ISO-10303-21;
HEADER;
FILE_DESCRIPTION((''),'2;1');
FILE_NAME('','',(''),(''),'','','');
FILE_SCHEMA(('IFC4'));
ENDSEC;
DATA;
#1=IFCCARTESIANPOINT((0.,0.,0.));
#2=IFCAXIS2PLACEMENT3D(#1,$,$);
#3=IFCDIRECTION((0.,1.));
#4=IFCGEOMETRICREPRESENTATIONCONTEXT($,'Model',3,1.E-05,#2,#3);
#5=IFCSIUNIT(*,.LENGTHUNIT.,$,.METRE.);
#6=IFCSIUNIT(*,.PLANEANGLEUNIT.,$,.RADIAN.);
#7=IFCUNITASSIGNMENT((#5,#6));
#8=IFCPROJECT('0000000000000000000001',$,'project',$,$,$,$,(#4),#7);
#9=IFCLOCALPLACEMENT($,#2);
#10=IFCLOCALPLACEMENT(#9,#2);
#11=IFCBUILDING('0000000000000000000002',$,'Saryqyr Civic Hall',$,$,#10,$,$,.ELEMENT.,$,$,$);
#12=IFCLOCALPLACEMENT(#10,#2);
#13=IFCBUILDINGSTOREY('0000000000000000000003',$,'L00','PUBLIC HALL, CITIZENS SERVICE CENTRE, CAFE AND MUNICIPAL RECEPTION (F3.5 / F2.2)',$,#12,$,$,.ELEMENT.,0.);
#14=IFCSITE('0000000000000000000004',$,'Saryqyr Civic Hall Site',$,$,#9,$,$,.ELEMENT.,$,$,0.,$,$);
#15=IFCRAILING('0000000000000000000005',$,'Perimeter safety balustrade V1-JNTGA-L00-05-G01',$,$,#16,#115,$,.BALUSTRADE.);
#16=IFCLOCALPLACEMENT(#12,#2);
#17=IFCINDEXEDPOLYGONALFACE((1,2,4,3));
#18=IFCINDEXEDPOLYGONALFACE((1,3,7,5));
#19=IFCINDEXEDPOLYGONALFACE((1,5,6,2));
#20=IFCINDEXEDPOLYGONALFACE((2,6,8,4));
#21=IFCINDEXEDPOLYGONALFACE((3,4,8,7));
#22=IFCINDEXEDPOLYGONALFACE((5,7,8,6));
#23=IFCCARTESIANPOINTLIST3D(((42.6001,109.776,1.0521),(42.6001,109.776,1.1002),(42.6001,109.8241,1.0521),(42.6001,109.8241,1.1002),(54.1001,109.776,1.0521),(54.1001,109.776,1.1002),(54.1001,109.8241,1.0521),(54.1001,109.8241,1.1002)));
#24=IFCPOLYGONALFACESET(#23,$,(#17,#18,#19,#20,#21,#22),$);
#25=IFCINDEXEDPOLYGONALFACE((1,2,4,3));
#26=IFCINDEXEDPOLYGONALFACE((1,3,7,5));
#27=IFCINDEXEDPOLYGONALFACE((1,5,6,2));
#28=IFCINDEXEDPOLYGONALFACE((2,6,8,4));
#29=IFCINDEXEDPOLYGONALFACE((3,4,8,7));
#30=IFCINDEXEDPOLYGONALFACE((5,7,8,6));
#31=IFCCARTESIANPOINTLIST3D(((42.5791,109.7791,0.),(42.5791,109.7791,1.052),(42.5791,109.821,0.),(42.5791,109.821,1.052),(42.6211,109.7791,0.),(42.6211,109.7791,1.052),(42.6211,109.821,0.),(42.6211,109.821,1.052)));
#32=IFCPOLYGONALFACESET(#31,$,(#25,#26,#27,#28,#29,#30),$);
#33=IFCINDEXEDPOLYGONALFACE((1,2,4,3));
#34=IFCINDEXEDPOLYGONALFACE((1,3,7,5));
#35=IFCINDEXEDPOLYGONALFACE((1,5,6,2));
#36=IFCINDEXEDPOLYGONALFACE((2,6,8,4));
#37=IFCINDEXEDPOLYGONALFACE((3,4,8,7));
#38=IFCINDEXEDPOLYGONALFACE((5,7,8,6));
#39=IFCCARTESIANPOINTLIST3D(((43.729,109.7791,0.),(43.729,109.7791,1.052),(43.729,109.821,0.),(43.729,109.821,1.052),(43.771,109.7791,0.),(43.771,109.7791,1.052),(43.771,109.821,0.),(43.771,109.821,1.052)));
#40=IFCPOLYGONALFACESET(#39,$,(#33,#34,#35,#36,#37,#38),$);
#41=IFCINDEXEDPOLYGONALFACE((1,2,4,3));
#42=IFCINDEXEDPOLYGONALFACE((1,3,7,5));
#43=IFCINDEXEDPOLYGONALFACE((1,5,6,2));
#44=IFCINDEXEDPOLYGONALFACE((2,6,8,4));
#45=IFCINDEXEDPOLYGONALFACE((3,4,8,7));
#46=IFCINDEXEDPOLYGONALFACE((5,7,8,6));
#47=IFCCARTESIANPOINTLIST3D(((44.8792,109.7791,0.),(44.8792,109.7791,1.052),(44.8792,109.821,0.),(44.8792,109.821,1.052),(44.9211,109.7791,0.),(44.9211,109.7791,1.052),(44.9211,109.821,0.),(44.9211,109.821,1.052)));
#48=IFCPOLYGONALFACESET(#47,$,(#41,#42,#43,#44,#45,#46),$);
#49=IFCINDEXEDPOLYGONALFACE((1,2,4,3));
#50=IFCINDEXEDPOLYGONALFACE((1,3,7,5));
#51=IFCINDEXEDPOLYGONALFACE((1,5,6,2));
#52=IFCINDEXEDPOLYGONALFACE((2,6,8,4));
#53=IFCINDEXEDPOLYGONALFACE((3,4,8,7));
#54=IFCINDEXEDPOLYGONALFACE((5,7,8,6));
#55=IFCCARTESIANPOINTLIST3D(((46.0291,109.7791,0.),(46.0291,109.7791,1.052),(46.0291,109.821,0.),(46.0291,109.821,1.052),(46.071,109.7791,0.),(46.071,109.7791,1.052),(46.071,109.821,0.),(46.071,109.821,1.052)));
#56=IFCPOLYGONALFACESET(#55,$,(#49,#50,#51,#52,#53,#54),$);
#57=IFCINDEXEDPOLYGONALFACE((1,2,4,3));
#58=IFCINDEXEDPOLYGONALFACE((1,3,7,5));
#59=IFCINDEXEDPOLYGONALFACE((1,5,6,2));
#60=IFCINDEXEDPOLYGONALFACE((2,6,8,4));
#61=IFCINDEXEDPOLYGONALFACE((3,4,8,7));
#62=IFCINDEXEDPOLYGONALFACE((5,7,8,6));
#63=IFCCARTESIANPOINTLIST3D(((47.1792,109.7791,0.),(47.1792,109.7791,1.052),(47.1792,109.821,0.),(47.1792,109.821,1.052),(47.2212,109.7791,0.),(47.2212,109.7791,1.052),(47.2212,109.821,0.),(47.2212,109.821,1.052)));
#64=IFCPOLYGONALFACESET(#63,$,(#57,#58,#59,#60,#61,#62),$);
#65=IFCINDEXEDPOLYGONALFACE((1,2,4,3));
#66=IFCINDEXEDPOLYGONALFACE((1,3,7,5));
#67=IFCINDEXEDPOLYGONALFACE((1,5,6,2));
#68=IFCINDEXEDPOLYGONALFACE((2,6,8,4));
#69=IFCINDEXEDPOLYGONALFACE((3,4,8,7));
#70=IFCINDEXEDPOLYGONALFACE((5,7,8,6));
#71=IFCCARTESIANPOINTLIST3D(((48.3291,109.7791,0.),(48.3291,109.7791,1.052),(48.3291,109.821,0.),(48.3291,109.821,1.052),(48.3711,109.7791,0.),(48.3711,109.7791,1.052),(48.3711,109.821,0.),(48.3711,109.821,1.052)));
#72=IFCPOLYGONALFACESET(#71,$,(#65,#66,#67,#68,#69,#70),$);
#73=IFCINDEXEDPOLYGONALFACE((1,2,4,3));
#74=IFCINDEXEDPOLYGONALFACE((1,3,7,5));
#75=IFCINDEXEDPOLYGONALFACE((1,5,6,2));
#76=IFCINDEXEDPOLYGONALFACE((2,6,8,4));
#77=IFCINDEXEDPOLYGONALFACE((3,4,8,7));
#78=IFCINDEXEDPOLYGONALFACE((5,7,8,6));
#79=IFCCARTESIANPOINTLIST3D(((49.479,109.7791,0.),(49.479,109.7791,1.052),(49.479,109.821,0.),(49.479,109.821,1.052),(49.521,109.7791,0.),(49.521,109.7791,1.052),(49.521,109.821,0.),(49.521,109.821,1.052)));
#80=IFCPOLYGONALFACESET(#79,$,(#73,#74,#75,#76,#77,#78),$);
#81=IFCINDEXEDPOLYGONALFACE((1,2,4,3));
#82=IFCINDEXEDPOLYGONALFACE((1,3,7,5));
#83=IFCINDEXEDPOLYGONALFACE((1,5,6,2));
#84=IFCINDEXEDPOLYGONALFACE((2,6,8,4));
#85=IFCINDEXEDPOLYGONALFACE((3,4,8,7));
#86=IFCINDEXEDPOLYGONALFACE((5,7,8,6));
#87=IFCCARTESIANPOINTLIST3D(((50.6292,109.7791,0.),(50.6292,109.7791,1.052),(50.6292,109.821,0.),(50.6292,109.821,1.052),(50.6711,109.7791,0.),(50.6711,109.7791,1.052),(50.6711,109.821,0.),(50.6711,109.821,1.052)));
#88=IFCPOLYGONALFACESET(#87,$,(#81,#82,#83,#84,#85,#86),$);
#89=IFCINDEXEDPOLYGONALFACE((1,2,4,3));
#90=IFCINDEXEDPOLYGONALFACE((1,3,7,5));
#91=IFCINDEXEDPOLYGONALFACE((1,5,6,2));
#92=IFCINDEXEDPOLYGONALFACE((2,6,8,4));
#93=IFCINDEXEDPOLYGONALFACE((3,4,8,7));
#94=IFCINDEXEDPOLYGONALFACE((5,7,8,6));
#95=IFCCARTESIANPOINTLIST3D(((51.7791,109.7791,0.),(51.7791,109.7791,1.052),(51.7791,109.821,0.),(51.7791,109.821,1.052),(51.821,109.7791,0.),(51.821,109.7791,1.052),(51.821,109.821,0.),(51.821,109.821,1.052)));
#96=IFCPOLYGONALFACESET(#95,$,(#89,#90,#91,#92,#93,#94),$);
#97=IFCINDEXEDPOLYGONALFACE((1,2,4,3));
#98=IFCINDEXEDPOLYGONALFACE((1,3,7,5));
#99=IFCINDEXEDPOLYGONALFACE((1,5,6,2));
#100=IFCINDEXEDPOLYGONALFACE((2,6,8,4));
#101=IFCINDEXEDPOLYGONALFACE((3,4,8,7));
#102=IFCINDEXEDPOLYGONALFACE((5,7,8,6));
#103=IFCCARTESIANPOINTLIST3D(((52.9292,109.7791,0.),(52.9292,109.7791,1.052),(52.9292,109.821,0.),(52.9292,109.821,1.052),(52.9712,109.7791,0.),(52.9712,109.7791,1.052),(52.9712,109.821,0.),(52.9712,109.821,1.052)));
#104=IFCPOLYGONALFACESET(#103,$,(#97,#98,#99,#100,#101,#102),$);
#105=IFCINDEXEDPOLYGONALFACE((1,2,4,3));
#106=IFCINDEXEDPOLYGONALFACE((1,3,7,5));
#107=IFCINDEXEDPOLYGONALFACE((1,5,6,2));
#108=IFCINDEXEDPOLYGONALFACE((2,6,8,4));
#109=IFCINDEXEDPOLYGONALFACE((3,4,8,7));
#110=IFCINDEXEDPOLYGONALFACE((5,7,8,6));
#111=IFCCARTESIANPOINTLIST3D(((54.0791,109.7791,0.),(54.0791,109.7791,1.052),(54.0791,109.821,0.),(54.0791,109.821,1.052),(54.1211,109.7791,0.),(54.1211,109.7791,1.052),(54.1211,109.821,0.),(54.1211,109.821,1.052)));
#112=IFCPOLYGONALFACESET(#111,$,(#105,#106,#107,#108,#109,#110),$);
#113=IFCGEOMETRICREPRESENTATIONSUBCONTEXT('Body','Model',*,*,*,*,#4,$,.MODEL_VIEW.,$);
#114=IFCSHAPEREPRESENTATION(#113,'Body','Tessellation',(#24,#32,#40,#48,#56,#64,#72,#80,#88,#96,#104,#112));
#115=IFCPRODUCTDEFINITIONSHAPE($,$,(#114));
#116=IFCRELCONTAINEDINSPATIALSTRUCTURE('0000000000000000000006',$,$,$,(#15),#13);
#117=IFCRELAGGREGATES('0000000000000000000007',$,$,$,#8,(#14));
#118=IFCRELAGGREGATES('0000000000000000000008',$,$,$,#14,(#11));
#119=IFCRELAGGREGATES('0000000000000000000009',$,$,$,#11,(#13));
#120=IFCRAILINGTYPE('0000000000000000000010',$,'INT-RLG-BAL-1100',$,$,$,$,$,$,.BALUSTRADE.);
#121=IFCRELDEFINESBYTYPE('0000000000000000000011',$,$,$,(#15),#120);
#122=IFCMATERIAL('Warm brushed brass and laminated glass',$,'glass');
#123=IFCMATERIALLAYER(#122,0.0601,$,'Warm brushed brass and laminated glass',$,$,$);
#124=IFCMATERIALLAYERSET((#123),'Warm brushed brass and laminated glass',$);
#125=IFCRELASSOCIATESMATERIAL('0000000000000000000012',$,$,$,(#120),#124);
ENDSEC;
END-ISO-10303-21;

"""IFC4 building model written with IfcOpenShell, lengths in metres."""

from ifc_helpers import new_model, si_unit, direction, frame, origin, origin_2d, place, context, subcontext, project, spatial, rectangle, extrude, material, layer, layer_set, type_object, element, save


model = new_model("IFC4")

# Units and contexts
model_context = context("Model", 3, precision=1e-05, world=origin(), true_north=direction((0.0, 1.0)))
body_context = subcontext(model_context, "Body", "Model", "MODEL_VIEW")
ifc_project = project(units=[si_unit("LENGTHUNIT", "METRE"), si_unit("PLANEANGLEUNIT", "RADIAN")], contexts=[model_context])

# Site, building, storey
site_placement = place(None, origin())
site = spatial("IfcSite", under=ifc_project, at=site_placement, Name="Saryqyr Civic Hall Site", CompositionType="ELEMENT", RefElevation=0.0)
building_placement = place(site_placement, origin())
building = spatial("IfcBuilding", under=site, at=building_placement, Name="Saryqyr Civic Hall", CompositionType="ELEMENT")
storey_placement = place(building_placement, origin())
storey = spatial("IfcBuildingStorey", under=building, at=storey_placement, Name="L00", Description="PUBLIC HALL, CITIZENS SERVICE CENTRE, CAFE AND MUNICIPAL RECEPTION (F3.5 / F2.2)", CompositionType="ELEMENT", Elevation=0.0)

# Railing
ifc_material_1 = material(Name="Warm brushed brass and laminated glass", Category="glass")
ifc_layer_1 = layer(ifc_material_1, 0.0601, Name="Warm brushed brass and laminated glass")
ifc_layer_set_1 = layer_set([ifc_layer_1], Name="Warm brushed brass and laminated glass")
railing_type = type_object("IfcRailingType", Name="INT-RLG-BAL-1100", PredefinedType="BALUSTRADE", material=ifc_layer_set_1)
railing_placement = place(storey_placement, frame((42.6001, 109.8, 0.0)))
element("IfcRailing", 1, at=railing_placement, inside=storey, type_object=railing_type, Name="Perimeter safety balustrade V1-JNTGA-L00-05-G01", PredefinedType="BALUSTRADE", context=body_context, shape_type="SweptSolid", body=[
    extrude(rectangle(XDim=0.0481, YDim=0.0481, at=origin_2d()), frame((0.0, 0.0, 1.0762), z_axis=(1.0, 0.0, 0.0), x_axis=(0.0, 1.0, 0.0)), (0.0, 0.0, 1.0), 11.5),
    extrude(rectangle(XDim=0.042, YDim=0.042, at=origin_2d()), origin(), (0.0, 0.0, 1.0), 1.052),
    extrude(rectangle(XDim=0.042, YDim=0.042, at=origin_2d()), frame((1.1499, 0.0, 0.0)), (0.0, 0.0, 1.0), 1.052),
    extrude(rectangle(XDim=0.042, YDim=0.042, at=origin_2d()), frame((2.3, 0.0, 0.0)), (0.0, 0.0, 1.0), 1.052),
    extrude(rectangle(XDim=0.042, YDim=0.042, at=origin_2d()), frame((3.45, 0.0, 0.0)), (0.0, 0.0, 1.0), 1.052),
    extrude(rectangle(XDim=0.042, YDim=0.042, at=origin_2d()), frame((4.6001, 0.0, 0.0)), (0.0, 0.0, 1.0), 1.052),
    extrude(rectangle(XDim=0.042, YDim=0.042, at=origin_2d()), frame((5.75, 0.0, 0.0)), (0.0, 0.0, 1.0), 1.052),
    extrude(rectangle(XDim=0.042, YDim=0.042, at=origin_2d()), frame((6.8999, 0.0, 0.0)), (0.0, 0.0, 1.0), 1.052),
    extrude(rectangle(XDim=0.042, YDim=0.042, at=origin_2d()), frame((8.05, 0.0, 0.0)), (0.0, 0.0, 1.0), 1.052),
    extrude(rectangle(XDim=0.042, YDim=0.042, at=origin_2d()), frame((9.2, 0.0, 0.0)), (0.0, 0.0, 1.0), 1.052),
    extrude(rectangle(XDim=0.042, YDim=0.042, at=origin_2d()), frame((10.3501, 0.0, 0.0)), (0.0, 0.0, 1.0), 1.052),
    extrude(rectangle(XDim=0.042, YDim=0.042, at=origin_2d()), frame((11.5, 0.0, 0.0)), (0.0, 0.0, 1.0), 1.052),
])

save(model, "model.ifc")
